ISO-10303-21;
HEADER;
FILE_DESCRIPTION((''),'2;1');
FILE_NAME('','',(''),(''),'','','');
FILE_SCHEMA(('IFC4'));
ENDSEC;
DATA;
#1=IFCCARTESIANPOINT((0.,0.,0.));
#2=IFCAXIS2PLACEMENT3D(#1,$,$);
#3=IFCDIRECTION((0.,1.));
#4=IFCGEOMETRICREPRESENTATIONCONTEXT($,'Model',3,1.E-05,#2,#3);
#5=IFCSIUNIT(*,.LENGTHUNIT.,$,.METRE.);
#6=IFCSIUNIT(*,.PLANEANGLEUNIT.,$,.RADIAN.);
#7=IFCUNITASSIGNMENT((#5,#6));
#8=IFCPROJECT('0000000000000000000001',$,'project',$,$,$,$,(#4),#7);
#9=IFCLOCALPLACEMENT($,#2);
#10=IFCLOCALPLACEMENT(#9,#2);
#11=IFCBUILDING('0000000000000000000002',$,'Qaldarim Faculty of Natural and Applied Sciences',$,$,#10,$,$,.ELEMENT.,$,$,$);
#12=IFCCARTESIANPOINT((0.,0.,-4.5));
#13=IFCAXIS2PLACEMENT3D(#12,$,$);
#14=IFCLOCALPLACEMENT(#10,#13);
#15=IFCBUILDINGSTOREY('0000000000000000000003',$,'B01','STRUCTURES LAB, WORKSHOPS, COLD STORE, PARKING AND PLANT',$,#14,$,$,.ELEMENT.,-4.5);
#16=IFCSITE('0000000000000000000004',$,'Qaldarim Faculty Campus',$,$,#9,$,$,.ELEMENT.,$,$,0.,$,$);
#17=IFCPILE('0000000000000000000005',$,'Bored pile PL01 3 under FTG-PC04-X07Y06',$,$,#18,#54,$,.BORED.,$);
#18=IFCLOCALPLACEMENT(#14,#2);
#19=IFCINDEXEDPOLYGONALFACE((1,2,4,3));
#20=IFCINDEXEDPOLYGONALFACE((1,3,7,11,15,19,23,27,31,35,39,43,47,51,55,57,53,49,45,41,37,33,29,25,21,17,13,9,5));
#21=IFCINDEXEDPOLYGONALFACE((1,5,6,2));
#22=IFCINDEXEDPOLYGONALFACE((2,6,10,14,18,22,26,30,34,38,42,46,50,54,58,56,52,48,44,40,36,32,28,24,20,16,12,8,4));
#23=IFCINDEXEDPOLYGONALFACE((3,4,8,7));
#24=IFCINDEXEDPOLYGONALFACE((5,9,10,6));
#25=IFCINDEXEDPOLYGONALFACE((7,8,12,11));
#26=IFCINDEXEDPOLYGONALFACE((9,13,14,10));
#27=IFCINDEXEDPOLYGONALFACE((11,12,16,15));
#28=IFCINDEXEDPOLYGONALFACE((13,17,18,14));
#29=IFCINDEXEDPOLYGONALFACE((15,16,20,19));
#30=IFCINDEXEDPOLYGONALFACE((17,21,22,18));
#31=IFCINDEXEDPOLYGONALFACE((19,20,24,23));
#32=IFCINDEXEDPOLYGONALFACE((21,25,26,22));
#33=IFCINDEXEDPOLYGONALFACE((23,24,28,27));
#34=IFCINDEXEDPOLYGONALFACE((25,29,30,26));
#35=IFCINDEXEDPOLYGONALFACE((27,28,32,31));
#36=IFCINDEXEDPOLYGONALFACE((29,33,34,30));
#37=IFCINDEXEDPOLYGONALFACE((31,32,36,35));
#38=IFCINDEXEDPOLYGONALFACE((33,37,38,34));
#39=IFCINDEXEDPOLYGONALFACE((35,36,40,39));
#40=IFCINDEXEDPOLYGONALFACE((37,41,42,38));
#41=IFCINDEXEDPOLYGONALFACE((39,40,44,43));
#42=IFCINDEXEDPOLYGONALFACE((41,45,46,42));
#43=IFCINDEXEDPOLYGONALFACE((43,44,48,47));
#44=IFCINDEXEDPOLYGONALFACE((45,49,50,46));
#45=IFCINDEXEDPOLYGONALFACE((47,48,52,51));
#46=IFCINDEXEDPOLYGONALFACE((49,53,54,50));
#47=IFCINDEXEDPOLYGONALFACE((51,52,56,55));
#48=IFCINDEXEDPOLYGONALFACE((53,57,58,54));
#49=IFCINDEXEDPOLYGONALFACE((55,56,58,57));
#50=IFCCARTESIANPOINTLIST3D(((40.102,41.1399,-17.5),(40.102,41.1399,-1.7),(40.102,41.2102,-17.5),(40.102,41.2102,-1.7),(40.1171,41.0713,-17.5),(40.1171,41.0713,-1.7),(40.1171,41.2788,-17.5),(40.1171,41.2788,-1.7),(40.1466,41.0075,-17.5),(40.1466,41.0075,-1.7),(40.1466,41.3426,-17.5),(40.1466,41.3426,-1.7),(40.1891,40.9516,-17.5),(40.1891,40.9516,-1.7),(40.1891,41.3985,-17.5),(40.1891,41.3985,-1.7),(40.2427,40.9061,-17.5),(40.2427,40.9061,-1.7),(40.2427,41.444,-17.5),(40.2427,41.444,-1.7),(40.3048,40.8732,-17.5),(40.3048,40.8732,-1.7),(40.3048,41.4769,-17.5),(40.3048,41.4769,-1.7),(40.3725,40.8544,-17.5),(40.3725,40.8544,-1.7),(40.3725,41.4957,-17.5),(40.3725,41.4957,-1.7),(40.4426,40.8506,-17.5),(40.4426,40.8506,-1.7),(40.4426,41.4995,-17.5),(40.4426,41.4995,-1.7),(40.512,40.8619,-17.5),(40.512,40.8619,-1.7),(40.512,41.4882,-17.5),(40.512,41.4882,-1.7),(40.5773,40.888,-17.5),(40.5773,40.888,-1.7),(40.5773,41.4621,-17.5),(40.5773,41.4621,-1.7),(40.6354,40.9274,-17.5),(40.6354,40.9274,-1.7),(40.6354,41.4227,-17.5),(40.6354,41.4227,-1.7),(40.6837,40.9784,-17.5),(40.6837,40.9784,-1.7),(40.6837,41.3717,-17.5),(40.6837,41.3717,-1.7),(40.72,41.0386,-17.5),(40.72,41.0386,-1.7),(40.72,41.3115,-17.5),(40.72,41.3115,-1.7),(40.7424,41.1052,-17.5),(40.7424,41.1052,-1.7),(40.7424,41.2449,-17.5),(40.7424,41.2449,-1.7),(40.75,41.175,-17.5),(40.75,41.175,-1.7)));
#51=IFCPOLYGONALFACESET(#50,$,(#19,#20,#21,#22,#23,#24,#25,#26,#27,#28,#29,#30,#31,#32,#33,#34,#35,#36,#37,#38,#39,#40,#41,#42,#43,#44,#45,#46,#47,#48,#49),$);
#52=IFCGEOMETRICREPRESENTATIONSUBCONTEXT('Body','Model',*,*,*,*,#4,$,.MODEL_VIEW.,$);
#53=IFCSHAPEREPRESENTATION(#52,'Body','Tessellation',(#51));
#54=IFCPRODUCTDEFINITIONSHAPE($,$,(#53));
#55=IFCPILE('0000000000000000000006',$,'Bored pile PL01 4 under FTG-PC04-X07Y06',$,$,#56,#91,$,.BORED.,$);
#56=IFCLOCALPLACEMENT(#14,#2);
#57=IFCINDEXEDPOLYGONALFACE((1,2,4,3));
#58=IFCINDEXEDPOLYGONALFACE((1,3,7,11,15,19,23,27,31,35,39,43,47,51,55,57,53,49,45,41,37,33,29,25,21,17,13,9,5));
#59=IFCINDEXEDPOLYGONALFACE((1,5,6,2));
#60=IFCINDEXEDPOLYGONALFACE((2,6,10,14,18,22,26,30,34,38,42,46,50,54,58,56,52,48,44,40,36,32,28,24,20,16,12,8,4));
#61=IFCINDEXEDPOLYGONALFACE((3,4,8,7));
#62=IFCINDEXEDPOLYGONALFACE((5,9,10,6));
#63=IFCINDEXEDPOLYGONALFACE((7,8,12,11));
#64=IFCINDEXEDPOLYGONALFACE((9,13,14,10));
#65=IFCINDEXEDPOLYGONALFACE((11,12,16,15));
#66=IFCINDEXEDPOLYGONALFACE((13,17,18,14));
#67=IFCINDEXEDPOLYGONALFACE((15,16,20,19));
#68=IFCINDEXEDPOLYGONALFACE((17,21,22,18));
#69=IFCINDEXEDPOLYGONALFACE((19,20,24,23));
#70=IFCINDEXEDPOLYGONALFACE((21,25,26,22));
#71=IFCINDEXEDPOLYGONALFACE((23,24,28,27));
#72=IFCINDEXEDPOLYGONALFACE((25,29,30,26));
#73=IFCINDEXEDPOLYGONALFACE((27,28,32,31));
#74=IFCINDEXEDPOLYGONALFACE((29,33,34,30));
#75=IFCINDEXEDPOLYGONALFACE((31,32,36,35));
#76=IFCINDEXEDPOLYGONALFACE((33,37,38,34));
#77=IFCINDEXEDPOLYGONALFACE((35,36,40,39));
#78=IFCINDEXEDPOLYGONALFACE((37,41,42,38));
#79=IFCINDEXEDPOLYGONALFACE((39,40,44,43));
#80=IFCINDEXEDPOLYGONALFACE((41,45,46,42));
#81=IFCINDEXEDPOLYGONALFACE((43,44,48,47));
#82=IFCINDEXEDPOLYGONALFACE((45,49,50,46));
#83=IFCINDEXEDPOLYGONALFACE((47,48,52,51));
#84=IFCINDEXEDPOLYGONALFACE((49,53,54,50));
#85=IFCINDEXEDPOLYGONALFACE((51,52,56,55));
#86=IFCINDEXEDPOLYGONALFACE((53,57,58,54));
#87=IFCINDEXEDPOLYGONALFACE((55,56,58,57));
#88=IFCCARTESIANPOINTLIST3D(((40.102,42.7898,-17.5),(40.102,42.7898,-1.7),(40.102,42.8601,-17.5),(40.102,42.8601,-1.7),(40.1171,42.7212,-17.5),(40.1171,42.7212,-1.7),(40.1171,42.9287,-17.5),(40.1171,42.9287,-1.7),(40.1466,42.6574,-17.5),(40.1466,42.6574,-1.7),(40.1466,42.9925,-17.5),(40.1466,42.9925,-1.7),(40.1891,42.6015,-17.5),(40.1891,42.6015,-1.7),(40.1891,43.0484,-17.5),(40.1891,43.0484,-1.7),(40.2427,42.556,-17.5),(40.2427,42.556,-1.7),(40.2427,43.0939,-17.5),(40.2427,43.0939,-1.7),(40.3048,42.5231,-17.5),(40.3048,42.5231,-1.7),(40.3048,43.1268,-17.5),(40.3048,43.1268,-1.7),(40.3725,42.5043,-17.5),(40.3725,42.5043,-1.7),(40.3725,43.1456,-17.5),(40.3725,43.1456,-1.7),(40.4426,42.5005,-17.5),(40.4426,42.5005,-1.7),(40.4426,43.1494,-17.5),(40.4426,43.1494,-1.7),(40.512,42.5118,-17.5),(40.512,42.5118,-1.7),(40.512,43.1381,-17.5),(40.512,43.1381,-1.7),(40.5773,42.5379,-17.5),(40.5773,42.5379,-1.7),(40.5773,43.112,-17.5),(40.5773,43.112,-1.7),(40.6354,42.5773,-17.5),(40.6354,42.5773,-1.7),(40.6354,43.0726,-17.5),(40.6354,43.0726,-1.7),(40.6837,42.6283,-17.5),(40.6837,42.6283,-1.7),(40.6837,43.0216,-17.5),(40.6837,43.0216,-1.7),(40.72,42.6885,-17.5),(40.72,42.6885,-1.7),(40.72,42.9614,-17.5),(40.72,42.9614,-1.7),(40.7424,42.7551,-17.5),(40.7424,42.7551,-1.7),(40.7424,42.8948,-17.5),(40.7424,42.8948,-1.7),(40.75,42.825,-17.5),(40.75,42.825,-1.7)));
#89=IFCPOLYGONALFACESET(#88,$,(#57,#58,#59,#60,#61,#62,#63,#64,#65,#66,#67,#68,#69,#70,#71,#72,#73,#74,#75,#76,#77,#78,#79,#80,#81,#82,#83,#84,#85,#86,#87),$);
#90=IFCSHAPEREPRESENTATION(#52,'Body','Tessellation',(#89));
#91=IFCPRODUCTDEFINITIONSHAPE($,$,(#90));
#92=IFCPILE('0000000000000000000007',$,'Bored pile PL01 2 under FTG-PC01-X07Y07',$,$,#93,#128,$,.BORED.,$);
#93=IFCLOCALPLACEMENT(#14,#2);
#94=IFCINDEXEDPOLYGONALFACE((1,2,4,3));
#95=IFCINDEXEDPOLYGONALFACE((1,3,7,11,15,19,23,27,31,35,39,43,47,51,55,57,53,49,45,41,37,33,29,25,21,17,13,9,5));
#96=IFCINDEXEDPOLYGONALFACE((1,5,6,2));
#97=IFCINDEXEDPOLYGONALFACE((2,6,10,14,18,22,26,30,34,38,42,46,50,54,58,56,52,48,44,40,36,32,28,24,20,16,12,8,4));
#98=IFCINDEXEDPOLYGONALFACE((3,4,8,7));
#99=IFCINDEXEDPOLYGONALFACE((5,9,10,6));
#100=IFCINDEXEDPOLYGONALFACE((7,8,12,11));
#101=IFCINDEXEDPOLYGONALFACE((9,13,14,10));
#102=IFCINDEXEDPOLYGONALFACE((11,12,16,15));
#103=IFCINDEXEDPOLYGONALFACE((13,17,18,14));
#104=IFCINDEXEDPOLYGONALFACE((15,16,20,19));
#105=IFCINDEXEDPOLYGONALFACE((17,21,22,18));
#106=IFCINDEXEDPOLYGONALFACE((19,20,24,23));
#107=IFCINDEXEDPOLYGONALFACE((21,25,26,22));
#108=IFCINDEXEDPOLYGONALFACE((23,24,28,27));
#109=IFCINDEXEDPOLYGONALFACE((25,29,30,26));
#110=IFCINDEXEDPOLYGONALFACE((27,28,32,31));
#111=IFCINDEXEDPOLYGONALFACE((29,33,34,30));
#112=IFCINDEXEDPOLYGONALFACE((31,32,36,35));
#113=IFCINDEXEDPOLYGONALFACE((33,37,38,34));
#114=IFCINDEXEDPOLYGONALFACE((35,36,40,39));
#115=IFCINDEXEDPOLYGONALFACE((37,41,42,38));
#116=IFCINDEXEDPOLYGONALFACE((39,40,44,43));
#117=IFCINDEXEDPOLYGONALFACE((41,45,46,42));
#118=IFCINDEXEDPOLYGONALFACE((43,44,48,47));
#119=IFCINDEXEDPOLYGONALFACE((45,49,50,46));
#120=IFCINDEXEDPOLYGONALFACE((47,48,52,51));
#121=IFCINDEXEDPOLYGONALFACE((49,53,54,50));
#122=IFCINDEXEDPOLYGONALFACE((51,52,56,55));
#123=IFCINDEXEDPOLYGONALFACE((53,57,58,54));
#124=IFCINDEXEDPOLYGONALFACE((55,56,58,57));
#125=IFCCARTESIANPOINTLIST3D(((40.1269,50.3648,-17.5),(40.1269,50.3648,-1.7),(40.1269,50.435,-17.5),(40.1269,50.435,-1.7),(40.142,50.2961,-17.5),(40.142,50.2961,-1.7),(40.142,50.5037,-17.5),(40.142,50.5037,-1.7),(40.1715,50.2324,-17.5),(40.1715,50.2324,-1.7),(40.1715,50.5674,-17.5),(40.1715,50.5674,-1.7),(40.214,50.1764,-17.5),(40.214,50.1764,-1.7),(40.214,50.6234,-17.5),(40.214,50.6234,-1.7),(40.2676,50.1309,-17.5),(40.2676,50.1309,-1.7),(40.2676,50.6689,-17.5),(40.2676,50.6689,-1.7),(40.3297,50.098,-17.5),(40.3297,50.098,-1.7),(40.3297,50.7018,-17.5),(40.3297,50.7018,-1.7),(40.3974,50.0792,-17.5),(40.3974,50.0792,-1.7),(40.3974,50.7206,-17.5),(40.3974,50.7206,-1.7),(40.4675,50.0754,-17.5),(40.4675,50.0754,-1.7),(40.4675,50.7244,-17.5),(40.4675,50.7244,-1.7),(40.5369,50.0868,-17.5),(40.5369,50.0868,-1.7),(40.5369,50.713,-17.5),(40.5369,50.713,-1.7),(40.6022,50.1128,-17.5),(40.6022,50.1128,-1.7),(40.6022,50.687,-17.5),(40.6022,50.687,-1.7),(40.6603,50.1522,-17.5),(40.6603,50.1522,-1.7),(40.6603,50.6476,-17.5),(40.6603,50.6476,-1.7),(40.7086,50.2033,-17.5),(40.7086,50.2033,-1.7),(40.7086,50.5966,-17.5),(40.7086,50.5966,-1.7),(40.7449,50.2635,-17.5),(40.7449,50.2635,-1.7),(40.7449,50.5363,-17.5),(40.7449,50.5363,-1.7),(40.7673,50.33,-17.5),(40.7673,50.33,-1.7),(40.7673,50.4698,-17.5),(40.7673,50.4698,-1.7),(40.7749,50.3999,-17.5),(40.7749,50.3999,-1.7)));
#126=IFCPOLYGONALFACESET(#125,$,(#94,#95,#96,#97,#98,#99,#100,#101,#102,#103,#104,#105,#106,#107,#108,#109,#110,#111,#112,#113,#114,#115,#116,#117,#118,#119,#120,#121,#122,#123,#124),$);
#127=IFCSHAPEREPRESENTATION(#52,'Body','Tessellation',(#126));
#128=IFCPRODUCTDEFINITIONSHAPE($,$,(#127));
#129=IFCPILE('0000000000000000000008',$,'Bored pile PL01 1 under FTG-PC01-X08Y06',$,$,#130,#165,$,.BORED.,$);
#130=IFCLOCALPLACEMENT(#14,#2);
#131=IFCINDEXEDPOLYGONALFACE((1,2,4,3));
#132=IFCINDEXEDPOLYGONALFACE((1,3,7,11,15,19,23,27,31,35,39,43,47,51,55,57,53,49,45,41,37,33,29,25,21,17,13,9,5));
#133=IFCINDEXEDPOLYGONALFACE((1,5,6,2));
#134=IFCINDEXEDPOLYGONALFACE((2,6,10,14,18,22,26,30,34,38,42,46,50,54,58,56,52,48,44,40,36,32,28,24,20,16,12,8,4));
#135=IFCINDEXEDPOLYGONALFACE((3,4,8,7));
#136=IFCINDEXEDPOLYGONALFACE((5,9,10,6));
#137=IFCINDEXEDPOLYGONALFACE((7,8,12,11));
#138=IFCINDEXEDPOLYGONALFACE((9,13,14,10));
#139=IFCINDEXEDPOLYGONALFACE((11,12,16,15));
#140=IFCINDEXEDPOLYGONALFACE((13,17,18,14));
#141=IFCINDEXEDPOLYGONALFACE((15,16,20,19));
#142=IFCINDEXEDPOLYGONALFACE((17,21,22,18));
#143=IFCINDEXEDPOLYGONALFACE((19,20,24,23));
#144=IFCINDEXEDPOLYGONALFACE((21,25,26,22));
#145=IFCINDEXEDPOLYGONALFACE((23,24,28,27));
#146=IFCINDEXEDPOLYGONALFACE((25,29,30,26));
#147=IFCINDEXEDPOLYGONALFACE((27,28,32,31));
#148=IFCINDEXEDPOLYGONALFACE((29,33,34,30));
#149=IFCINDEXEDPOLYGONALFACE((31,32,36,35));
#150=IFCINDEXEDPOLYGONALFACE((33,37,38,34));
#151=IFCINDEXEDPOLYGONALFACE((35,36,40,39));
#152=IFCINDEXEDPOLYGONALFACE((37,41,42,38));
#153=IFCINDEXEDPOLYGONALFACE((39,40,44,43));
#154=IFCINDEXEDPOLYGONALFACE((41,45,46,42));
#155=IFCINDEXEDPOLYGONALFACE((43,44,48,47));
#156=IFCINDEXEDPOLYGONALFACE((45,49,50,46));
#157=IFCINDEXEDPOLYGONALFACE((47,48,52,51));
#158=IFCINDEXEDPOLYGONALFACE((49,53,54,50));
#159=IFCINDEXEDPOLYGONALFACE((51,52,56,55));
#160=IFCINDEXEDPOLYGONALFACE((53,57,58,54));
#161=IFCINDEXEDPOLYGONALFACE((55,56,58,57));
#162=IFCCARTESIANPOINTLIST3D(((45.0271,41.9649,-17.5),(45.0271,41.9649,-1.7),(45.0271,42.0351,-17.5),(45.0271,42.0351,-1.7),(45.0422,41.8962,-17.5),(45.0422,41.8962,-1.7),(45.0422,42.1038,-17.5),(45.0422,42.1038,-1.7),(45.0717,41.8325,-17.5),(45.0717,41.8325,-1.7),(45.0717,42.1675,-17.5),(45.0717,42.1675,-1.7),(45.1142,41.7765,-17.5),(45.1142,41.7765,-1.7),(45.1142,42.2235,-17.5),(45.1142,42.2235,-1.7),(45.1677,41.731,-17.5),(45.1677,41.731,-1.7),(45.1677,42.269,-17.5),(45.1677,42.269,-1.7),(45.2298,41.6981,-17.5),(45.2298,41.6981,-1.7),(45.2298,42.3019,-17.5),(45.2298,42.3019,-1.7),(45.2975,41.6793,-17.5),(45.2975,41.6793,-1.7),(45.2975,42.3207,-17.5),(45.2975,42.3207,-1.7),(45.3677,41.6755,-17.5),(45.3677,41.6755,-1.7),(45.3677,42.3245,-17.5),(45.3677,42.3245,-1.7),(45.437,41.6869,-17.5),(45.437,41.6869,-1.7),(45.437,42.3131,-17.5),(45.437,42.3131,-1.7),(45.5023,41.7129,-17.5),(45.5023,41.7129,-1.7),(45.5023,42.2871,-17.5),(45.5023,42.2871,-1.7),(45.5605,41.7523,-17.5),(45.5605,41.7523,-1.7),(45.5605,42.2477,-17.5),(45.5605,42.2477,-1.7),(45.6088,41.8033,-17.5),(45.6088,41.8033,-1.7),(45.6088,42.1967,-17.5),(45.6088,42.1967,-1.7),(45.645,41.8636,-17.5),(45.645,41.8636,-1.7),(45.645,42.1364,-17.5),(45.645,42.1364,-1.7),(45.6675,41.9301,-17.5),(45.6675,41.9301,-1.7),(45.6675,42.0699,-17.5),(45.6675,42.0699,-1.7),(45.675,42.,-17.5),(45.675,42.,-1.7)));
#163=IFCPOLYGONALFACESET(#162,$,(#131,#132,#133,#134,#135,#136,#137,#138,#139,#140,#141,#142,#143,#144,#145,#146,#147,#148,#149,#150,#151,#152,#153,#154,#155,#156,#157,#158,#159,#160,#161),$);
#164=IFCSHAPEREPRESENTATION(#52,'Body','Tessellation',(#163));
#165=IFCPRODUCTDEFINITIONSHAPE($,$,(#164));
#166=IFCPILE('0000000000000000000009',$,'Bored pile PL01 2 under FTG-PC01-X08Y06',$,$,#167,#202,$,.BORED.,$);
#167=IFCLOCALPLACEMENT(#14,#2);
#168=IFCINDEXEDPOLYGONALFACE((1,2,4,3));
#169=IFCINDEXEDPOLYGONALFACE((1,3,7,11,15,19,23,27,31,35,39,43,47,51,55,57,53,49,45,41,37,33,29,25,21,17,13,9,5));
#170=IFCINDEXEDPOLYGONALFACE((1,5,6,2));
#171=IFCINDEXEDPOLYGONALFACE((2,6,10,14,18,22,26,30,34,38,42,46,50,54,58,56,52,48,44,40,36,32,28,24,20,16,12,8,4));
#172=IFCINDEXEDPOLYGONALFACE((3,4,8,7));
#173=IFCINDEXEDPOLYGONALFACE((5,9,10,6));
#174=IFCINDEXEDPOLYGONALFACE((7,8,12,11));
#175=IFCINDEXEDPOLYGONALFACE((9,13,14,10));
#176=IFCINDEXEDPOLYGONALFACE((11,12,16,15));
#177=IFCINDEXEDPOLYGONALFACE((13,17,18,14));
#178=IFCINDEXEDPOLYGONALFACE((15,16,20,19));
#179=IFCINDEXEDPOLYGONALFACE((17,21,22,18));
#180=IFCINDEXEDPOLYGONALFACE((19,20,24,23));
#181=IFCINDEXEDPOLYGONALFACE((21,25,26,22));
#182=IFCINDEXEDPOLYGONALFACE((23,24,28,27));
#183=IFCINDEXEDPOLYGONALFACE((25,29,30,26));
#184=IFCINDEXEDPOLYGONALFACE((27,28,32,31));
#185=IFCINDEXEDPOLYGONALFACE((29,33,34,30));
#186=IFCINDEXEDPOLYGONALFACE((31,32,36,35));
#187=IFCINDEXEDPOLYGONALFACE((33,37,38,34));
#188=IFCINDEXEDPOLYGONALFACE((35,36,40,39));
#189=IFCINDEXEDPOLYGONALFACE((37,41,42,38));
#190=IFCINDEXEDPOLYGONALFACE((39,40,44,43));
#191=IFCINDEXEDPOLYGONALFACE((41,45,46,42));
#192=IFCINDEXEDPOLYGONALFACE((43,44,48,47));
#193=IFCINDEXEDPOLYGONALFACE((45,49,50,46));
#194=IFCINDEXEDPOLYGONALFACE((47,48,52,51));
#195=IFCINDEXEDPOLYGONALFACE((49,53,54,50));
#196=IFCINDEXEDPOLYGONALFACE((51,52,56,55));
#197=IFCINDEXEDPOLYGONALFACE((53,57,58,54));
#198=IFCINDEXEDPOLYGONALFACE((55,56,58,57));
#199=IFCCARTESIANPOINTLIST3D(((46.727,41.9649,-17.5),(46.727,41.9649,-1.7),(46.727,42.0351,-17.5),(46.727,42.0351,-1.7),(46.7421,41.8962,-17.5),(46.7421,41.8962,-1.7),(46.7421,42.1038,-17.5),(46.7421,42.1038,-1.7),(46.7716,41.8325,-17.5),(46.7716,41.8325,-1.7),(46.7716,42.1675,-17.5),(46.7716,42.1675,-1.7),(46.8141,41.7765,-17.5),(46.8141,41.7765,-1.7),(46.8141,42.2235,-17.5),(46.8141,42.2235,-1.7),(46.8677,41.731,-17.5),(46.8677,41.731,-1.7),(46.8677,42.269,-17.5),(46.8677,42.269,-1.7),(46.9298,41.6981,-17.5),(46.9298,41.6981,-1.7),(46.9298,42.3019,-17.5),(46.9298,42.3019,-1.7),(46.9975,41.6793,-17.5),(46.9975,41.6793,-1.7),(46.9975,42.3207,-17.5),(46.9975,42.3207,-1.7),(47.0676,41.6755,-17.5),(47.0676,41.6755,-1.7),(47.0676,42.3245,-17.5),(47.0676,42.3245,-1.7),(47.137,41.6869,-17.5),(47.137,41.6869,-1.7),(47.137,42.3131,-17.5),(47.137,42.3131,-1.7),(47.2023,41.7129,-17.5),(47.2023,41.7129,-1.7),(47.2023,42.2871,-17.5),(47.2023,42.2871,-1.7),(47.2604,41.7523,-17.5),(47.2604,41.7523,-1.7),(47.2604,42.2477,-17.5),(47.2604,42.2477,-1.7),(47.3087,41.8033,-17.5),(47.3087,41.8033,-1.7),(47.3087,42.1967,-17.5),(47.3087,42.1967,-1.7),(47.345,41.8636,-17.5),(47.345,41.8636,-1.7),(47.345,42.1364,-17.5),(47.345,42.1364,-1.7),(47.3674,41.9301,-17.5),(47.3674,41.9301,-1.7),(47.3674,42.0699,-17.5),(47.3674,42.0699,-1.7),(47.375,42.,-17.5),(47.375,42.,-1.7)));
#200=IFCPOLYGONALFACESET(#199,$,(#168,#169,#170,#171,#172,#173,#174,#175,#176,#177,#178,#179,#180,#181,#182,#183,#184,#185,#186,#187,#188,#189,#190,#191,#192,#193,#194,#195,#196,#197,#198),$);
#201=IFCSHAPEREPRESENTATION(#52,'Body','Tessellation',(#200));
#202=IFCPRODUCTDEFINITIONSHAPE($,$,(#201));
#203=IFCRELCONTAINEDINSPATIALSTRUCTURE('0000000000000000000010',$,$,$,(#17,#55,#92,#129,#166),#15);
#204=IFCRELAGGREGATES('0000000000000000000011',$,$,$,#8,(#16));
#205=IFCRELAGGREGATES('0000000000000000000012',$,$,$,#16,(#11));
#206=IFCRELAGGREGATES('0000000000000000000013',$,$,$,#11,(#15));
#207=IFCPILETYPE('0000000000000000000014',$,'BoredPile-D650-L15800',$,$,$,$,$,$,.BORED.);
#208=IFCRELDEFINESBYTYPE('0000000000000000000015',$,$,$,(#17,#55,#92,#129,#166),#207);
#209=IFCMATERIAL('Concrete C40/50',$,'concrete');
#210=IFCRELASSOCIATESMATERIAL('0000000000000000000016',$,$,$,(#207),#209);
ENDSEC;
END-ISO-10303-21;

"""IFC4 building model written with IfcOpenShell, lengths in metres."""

from ifc_helpers import new_model, si_unit, direction, frame, origin, origin_2d, place, context, subcontext, project, spatial, circle, extrude, material, material_profile, profile_set, type_object, element, save


model = new_model("IFC4")

# Units and contexts
model_context = context("Model", 3, precision=1e-05, world=origin(), true_north=direction((0.0, 1.0)))
body_context = subcontext(model_context, "Body", "Model", "MODEL_VIEW")
ifc_project = project(units=[si_unit("LENGTHUNIT", "METRE"), si_unit("PLANEANGLEUNIT", "RADIAN")], contexts=[model_context])

# Site, building, storey
site_placement = place(None, origin())
site = spatial("IfcSite", under=ifc_project, at=site_placement, Name="Qaldarim Faculty Campus", CompositionType="ELEMENT", RefElevation=0.0)
building_placement = place(site_placement, origin())
building = spatial("IfcBuilding", under=site, at=building_placement, Name="Qaldarim Faculty of Natural and Applied Sciences", CompositionType="ELEMENT")
storey_placement = place(building_placement, frame((0.0, 0.0, -4.5)))
storey = spatial("IfcBuildingStorey", under=building, at=storey_placement, Name="B01", Description="STRUCTURES LAB, WORKSHOPS, COLD STORE, PARKING AND PLANT", CompositionType="ELEMENT", Elevation=-4.5)

# Piles
ifc_material_1 = material(Name="Concrete C40/50", Category="concrete")
ifc_material_profile_1 = material_profile(ifc_material_1, circle(Radius=0.325, at=origin_2d()), Name="PILE-D650")
ifc_profile_set_1 = profile_set([ifc_material_profile_1], Name="Concrete C40/50")
pile_type_1 = type_object("IfcPileType", Name="BoredPile-D650-L15800", PredefinedType="BORED", material=ifc_profile_set_1)
for number, where, z_axis, x_axis, name in (
    (1, (40.425, 41.175, -1.7), (0.0, 0.0, -1.0), (1.0, 0.0, 0.0), "Bored pile PL01 3 under FTG-PC04-X07Y06"),
    (2, (40.425, 42.825, -1.7), (0.0, 0.0, -1.0), (1.0, 0.0, 0.0), "Bored pile PL01 4 under FTG-PC04-X07Y06"),
    (3, (40.45, 50.3999, -1.7), (0.0, 0.0, -1.0), (1.0, 0.0, 0.0), "Bored pile PL01 2 under FTG-PC01-X07Y07"),
    (4, (45.3501, 42.0, -1.7), (0.0, 0.0, -1.0), (1.0, 0.0, 0.0), "Bored pile PL01 1 under FTG-PC01-X08Y06"),
    (5, (47.05, 42.0, -1.7), (0.0, 0.0, -1.0), (1.0, 0.0, 0.0), "Bored pile PL01 2 under FTG-PC01-X08Y06"),
):
    element("IfcPile", number, at=place(storey_placement, frame(where, z_axis=z_axis, x_axis=x_axis)), inside=storey, type_object=pile_type_1, Name=name, PredefinedType="BORED", context=body_context, shape_type="SweptSolid", body=[
        extrude(circle(Radius=0.325, at=origin_2d()), origin(), (0.0, 0.0, 1.0), 15.8),
    ])

save(model, "model.ifc")
